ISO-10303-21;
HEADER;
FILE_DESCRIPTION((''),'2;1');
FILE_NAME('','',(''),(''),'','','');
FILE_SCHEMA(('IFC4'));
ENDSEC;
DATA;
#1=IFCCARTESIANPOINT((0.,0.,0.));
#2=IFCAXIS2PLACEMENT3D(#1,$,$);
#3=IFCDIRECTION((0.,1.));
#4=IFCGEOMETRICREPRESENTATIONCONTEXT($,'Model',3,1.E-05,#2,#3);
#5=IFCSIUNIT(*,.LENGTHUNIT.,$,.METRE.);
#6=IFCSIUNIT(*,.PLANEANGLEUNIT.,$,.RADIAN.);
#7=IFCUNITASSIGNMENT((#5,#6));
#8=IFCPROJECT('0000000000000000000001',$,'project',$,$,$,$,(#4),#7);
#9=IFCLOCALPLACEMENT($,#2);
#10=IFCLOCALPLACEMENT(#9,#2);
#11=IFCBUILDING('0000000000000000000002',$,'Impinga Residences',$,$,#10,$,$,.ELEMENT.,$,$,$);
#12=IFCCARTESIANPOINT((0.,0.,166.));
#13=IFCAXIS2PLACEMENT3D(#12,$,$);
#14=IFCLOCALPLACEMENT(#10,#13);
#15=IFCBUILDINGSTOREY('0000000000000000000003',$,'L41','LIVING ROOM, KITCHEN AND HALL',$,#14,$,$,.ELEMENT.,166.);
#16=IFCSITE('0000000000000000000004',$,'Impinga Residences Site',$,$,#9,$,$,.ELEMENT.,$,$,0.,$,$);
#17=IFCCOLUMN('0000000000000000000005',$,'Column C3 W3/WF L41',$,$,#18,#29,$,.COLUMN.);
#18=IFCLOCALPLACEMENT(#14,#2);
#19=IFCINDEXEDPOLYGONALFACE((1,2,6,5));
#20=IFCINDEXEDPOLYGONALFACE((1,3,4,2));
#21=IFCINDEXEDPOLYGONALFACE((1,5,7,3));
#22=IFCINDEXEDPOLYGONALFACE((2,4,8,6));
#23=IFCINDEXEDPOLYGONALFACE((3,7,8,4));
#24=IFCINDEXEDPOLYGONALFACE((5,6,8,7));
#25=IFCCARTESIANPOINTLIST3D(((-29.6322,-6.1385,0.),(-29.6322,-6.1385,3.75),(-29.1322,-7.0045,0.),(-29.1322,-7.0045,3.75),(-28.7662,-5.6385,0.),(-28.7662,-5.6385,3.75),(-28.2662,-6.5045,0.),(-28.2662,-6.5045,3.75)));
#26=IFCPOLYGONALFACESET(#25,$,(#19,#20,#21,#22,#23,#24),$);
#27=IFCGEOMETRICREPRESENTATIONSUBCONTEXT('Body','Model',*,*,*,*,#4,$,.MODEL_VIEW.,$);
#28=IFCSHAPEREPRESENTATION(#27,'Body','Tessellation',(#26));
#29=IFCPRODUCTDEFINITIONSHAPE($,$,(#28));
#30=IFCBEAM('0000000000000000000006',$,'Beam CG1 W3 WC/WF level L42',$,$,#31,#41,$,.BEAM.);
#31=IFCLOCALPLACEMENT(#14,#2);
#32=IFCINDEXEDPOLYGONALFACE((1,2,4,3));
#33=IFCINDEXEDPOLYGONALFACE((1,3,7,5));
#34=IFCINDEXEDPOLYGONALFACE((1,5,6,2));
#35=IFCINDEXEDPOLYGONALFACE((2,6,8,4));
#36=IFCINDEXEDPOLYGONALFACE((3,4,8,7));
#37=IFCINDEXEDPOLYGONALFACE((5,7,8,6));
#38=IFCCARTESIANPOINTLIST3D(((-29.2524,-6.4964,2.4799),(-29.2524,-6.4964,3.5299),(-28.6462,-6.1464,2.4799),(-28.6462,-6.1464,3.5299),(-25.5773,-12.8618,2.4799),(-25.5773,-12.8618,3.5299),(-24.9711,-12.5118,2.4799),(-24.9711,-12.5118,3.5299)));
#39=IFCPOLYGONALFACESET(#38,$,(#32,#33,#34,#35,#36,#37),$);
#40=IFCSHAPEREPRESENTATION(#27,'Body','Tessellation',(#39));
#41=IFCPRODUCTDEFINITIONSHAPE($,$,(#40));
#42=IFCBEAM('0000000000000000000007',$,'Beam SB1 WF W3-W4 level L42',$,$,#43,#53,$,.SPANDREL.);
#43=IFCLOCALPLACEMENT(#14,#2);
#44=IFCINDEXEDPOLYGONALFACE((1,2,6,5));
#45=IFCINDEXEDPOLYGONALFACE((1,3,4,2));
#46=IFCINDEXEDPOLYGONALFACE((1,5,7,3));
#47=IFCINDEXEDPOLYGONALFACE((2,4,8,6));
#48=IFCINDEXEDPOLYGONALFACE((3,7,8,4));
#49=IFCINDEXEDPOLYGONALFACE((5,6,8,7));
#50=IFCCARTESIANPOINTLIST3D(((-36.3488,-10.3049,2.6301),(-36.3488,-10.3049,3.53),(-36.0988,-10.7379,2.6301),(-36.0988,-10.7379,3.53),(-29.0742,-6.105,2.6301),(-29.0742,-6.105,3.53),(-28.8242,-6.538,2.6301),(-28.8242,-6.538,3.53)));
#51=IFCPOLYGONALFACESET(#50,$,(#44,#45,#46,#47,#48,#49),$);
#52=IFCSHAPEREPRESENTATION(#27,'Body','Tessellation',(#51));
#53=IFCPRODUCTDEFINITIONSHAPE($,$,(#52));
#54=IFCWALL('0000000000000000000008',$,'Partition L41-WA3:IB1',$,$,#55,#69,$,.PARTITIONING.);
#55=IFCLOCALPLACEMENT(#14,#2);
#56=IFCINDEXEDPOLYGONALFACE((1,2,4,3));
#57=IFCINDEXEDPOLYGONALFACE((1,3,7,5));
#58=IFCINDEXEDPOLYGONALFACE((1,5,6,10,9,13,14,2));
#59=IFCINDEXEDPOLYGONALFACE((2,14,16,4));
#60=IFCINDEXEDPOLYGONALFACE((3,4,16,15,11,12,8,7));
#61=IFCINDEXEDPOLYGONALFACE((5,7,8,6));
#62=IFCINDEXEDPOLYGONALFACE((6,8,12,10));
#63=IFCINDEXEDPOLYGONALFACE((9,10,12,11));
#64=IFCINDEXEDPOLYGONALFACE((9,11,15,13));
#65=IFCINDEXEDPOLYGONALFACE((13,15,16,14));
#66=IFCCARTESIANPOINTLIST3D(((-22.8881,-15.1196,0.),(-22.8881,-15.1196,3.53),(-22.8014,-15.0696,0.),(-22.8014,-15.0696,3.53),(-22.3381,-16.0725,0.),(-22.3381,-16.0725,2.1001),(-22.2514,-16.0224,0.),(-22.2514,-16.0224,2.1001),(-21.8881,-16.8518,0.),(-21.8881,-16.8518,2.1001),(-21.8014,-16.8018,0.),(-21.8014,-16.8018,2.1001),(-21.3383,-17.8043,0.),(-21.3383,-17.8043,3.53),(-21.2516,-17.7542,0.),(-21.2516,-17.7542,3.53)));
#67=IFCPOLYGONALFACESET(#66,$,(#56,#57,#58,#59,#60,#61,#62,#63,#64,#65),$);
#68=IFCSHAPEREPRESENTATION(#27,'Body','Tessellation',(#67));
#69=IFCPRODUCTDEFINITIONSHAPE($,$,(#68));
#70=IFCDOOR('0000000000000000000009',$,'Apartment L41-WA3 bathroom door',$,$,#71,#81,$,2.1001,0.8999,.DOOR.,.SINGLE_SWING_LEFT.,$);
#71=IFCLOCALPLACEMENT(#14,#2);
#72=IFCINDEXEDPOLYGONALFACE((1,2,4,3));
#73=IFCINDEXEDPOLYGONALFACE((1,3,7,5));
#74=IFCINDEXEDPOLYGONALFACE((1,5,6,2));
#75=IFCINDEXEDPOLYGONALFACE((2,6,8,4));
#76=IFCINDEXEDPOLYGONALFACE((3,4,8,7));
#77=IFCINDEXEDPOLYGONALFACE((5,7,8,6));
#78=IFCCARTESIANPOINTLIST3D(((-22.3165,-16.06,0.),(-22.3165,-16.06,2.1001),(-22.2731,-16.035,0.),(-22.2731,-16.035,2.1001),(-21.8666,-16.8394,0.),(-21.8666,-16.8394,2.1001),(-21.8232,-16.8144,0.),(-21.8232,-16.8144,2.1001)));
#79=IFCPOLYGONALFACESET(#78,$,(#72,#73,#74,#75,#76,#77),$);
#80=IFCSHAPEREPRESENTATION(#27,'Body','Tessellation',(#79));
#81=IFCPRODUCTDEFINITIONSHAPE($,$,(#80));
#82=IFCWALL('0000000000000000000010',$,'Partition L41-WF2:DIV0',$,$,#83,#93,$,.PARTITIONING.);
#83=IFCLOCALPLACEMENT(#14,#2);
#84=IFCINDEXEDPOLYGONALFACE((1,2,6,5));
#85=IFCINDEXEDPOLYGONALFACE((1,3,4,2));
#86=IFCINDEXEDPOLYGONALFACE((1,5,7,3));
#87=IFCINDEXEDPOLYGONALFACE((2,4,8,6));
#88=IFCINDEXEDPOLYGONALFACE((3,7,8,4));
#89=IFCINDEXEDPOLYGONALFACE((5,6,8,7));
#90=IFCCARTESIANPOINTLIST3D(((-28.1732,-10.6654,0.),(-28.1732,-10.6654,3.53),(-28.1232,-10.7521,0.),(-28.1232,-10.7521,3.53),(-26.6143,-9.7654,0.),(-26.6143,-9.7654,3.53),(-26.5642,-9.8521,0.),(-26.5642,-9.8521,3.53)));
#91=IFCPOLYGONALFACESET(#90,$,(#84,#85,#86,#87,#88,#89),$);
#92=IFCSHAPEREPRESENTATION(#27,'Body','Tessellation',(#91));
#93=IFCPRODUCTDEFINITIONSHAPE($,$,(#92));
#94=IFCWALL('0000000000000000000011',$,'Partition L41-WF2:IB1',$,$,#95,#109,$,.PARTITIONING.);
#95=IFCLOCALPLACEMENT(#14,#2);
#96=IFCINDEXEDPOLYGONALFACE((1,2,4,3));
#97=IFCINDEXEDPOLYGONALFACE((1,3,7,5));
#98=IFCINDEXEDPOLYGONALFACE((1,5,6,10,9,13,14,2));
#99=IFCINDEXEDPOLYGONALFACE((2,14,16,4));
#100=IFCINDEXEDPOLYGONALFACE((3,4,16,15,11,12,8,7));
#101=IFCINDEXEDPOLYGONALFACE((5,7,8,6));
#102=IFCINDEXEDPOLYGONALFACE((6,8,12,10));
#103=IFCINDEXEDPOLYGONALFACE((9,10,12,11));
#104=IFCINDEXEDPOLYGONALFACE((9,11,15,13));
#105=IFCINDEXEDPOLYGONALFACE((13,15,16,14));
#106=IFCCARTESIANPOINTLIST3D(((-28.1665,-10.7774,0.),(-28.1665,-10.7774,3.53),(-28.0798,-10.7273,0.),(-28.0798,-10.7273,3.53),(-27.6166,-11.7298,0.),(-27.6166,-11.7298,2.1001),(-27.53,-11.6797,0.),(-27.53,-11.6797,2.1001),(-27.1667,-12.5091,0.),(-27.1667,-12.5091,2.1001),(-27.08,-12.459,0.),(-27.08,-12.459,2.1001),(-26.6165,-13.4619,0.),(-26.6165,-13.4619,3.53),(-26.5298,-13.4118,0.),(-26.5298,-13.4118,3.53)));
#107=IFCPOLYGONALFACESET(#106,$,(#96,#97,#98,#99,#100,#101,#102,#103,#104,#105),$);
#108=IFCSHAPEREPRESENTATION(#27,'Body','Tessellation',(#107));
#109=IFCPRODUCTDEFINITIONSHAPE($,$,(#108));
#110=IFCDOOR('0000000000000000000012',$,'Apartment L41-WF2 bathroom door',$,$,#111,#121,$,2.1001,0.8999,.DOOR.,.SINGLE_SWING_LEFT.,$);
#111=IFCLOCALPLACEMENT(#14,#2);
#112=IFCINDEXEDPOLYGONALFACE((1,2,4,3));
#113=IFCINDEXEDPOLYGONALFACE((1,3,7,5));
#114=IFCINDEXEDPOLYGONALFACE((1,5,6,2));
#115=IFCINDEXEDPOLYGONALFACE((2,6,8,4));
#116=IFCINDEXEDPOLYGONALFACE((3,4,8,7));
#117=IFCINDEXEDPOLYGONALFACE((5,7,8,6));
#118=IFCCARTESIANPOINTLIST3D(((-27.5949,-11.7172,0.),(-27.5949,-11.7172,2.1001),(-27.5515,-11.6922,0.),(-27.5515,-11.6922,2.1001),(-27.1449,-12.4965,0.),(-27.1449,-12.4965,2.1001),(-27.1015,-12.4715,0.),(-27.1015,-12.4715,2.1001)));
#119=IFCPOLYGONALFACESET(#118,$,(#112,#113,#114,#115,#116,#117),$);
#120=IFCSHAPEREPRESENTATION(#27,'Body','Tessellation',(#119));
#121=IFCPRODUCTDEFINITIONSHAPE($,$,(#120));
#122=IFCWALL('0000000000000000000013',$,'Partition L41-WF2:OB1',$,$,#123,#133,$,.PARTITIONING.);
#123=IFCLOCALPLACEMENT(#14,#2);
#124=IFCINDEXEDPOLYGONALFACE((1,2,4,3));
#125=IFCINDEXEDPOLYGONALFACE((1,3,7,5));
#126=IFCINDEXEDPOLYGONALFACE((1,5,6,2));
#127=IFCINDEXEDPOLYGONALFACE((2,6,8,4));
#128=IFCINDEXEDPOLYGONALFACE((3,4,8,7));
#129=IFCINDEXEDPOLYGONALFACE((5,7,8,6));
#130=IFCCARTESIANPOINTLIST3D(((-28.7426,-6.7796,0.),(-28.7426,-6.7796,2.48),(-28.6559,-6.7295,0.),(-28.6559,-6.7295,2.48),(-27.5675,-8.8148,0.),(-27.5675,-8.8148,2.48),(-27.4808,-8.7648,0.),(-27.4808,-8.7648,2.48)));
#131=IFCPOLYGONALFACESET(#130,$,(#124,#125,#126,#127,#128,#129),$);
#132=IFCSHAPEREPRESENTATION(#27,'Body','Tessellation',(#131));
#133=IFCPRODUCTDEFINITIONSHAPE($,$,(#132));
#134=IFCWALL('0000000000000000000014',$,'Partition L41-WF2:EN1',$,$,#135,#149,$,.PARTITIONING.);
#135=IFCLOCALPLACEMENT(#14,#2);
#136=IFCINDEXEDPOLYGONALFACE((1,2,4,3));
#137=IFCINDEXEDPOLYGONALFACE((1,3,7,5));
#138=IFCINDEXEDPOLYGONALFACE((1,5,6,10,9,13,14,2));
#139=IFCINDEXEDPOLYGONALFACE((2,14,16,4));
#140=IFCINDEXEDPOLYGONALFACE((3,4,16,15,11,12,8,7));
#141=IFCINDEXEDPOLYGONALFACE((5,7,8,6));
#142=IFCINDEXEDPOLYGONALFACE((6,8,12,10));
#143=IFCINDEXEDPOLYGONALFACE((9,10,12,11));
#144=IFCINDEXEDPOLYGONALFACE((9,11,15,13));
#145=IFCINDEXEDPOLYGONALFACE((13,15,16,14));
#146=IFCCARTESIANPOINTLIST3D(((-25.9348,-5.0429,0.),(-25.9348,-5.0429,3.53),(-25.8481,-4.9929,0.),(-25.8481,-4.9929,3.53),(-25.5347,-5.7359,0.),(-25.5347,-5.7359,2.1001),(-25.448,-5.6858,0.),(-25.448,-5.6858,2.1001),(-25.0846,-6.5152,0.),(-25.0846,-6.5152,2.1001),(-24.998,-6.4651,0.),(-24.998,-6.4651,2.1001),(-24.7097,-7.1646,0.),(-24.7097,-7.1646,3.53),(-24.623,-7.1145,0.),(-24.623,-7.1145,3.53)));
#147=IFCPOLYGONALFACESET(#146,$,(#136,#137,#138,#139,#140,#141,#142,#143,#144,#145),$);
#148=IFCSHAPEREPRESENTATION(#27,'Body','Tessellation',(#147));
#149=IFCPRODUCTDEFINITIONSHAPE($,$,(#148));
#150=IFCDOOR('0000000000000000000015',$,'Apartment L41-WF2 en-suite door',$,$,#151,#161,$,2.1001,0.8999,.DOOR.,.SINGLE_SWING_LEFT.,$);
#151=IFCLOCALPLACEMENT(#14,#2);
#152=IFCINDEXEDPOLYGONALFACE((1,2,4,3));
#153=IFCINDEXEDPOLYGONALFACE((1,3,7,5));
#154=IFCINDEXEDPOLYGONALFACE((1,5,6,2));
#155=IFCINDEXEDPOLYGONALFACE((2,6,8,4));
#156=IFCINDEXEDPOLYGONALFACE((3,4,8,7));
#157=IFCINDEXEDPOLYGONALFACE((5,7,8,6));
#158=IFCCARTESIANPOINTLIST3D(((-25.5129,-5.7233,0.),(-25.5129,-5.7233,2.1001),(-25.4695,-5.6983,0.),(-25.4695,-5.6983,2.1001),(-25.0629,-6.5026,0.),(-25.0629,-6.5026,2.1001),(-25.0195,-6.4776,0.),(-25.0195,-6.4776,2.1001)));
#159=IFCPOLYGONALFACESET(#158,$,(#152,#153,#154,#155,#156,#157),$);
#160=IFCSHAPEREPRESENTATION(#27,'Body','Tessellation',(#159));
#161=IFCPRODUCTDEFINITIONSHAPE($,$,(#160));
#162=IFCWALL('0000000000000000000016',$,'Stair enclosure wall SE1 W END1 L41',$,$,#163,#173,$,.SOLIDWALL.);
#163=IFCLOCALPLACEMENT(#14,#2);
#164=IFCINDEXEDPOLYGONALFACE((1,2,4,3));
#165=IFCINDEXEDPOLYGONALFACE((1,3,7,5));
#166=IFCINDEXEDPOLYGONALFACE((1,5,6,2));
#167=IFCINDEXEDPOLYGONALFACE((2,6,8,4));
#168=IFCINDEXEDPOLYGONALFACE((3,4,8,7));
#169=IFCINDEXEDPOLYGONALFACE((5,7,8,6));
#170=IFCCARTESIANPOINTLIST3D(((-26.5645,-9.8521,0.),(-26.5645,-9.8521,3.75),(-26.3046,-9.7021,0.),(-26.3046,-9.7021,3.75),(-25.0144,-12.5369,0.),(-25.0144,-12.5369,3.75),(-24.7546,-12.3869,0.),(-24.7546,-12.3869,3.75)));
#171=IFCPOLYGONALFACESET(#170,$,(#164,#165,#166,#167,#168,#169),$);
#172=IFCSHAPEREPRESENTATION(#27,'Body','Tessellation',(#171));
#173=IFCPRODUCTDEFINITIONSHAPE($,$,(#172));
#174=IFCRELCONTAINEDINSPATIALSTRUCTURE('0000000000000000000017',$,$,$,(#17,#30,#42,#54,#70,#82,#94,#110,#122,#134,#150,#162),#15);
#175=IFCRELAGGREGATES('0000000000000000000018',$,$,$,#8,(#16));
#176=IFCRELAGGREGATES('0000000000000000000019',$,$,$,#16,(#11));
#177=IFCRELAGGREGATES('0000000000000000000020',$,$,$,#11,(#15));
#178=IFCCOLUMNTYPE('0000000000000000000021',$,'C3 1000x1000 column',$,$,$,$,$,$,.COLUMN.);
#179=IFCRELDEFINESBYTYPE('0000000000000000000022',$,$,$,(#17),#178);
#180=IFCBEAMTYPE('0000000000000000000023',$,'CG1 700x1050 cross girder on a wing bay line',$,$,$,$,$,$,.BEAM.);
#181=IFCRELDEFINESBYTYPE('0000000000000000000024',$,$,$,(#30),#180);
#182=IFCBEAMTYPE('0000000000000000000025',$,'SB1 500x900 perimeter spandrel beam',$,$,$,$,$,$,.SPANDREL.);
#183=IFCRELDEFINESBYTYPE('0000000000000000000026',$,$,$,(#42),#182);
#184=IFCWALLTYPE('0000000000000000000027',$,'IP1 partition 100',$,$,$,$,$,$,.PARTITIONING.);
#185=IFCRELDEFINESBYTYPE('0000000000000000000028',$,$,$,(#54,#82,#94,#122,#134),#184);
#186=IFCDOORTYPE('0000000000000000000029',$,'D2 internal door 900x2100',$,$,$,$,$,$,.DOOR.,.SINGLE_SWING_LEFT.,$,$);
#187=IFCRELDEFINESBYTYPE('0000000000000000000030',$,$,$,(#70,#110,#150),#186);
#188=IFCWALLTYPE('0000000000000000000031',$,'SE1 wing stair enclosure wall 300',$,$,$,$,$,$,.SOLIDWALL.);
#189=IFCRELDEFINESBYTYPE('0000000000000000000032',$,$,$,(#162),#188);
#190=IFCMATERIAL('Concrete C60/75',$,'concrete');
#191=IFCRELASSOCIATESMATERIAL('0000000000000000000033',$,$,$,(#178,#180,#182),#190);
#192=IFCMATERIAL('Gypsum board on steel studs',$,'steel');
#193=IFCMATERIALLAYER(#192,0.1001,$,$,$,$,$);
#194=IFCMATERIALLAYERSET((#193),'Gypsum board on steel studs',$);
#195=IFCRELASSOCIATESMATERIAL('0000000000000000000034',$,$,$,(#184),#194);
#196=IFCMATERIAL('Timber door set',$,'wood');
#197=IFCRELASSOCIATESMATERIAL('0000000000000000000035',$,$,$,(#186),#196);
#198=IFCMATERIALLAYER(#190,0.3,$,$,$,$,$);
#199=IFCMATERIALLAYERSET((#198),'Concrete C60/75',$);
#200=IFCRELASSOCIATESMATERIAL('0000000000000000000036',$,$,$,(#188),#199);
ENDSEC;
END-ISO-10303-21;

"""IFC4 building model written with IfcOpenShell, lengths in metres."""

from ifc_helpers import new_model, si_unit, direction, frame, frame_2d, origin, origin_2d, place, context, subcontext, project, spatial, rectangle, extrude, material, layer, layer_set, material_profile, profile_set, type_object, element, fill, save


model = new_model("IFC4")

# Units and contexts
model_context = context("Model", 3, precision=1e-05, world=origin(), true_north=direction((0.0, 1.0)))
body_context = subcontext(model_context, "Body", "Model", "MODEL_VIEW")
ifc_project = project(units=[si_unit("LENGTHUNIT", "METRE"), si_unit("PLANEANGLEUNIT", "RADIAN")], contexts=[model_context])

# Site, building, storey
site_placement = place(None, origin())
site = spatial("IfcSite", under=ifc_project, at=site_placement, Name="Impinga Residences Site", CompositionType="ELEMENT", RefElevation=0.0)
building_placement = place(site_placement, origin())
building = spatial("IfcBuilding", under=site, at=building_placement, Name="Impinga Residences", CompositionType="ELEMENT")
storey_placement = place(building_placement, frame((0.0, 0.0, 166.0)))
storey = spatial("IfcBuildingStorey", under=building, at=storey_placement, Name="L41", Description="LIVING ROOM, KITCHEN AND HALL", CompositionType="ELEMENT", Elevation=166.0)

# Column
ifc_material_1 = material(Name="Concrete C60/75", Category="concrete")
ifc_material_profile_1 = material_profile(ifc_material_1, rectangle(XDim=1.0, YDim=1.0, at=origin_2d()), Name="RC 1000x1000")
ifc_profile_set_1 = profile_set([ifc_material_profile_1], Name="Concrete C60/75")
column_type = type_object("IfcColumnType", Name="C3 1000x1000 column", PredefinedType="COLUMN", material=ifc_profile_set_1)
column_placement = place(storey_placement, frame((-28.9492, -6.3215, 0.0), z_axis=(0.0, 0.0, 1.0), x_axis=(-0.5, 0.866025, 0.0)))
element("IfcColumn", 1, at=column_placement, inside=storey, type_object=column_type, Name="Column C3 W3/WF L41", PredefinedType="COLUMN", context=body_context, shape_type="SweptSolid", body=[
    extrude(rectangle(XDim=1.0, YDim=1.0, at=origin_2d()), origin(), (0.0, 0.0, 1.0), 3.75),
])

# Beams
ifc_material_profile_2 = material_profile(ifc_material_1, rectangle(XDim=0.7, YDim=1.05, at=origin_2d()), Name="RC 700x1050")
ifc_profile_set_2 = profile_set([ifc_material_profile_2], Name="Concrete C60/75")
beam_type_1 = type_object("IfcBeamType", Name="CG1 700x1050 cross girder on a wing bay line", PredefinedType="BEAM", material=ifc_profile_set_2)
beam_1_placement = place(storey_placement, frame((-25.2742, -12.6868, 3.0049), z_axis=(-0.500008, 0.866021, 0.0), x_axis=(-0.866021, -0.500008, 0.0)))
element("IfcBeam", 2, at=beam_1_placement, inside=storey, type_object=beam_type_1, Name="Beam CG1 W3 WC/WF level L42", PredefinedType="BEAM", context=body_context, shape_type="SweptSolid", body=[
    extrude(rectangle(XDim=0.7, YDim=1.05, at=origin_2d()), origin(), (0.0, 0.0, 1.0), 7.3501),
])
ifc_material_profile_3 = material_profile(ifc_material_1, rectangle(XDim=0.5, YDim=0.8999, at=origin_2d()), Name="RC 500x900")
ifc_profile_set_3 = profile_set([ifc_material_profile_3], Name="Concrete C60/75")
beam_type_2 = type_object("IfcBeamType", Name="SB1 500x900 perimeter spandrel beam", PredefinedType="SPANDREL", material=ifc_profile_set_3)
beam_2_placement = place(storey_placement, frame((-28.9492, -6.3215, 3.0801), z_axis=(-0.866029, -0.499993, 0.0), x_axis=(0.499993, -0.866029, 0.0)))
element("IfcBeam", 3, at=beam_2_placement, inside=storey, type_object=beam_type_2, Name="Beam SB1 WF W3-W4 level L42", PredefinedType="SPANDREL", context=body_context, shape_type="SweptSolid", body=[
    extrude(rectangle(XDim=0.5, YDim=0.8999, at=origin_2d()), origin(), (0.0, 0.0, 1.0), 8.3999),
])

# Wall, opening, door
ifc_material_2 = material(Name="Gypsum board on steel studs", Category="steel")
ifc_layer_1 = layer(ifc_material_2, 0.1001)
ifc_layer_set_1 = layer_set([ifc_layer_1], Name="Gypsum board on steel studs")
wall_type_1 = type_object("IfcWallType", Name="IP1 partition 100", PredefinedType="PARTITIONING", material=ifc_layer_set_1)
wall_1_placement = place(storey_placement, frame((-22.8447, -15.0947, 0.0), z_axis=(0.0, 0.0, 1.0), x_axis=(0.499968, -0.866044, 0.0)))
wall_1 = element("IfcWall", 4, at=wall_1_placement, inside=storey, type_object=wall_type_1, Name="Partition L41-WA3:IB1", PredefinedType="PARTITIONING", context=body_context, shape_type="SweptSolid", body=[
    extrude(rectangle(XDim=3.0999, YDim=0.1001, at=frame_2d((1.5498, 0.0))), origin(), (0.0, 0.0, 1.0), 3.53),
])
opening_1_placement = place(wall_1_placement, frame((1.1001, 0.0, 0.0)))
opening_1 = element("IfcOpeningElement", 5, at=opening_1_placement, cuts=wall_1, PredefinedType="OPENING", context=body_context, shape_type="SweptSolid", body=[
    extrude(rectangle(XDim=0.8999, YDim=2.1001, at=frame_2d((0.45, 1.05))), frame((0.0, 0.0601, 0.0), z_axis=(0.0, -1.0, 0.0), x_axis=(1.0, 0.0, 0.0)), (0.0, 0.0, 1.0), 0.1201),
])
ifc_material_3 = material(Name="Timber door set", Category="wood")
door_type = type_object("IfcDoorType", Name="D2 internal door 900x2100", OperationType="SINGLE_SWING_LEFT", PredefinedType="DOOR", material=ifc_material_3)
door_1_placement = place(opening_1_placement, origin())
door_1 = element("IfcDoor", 6, at=door_1_placement, inside=storey, type_object=door_type, Name="Apartment L41-WA3 bathroom door", OperationType="SINGLE_SWING_LEFT", OverallHeight=2.1001, OverallWidth=0.8999, PredefinedType="DOOR", context=body_context, shape_type="SweptSolid", body=[
    extrude(rectangle(XDim=0.8999, YDim=2.1001, at=frame_2d((0.45, 1.05))), frame((0.0, 0.0249, 0.0), z_axis=(0.0, -1.0, 0.0), x_axis=(1.0, 0.0, 0.0)), (0.0, 0.0, 1.0), 0.05),
])
fill(opening_1, door_1)

# Wall
wall_2_placement = place(storey_placement, frame((-26.5894, -9.8088, 0.0), z_axis=(0.0, 0.0, 1.0), x_axis=(-0.866048, -0.499961, 0.0)))
element("IfcWall", 7, at=wall_2_placement, inside=storey, type_object=wall_type_1, Name="Partition L41-WF2:DIV0", PredefinedType="PARTITIONING", context=body_context, shape_type="SweptSolid", body=[
    extrude(rectangle(XDim=1.8, YDim=0.1001, at=frame_2d((0.8999, 0.0))), origin(), (0.0, 0.0, 1.0), 3.53),
])

# Wall, opening, door
wall_3_placement = place(storey_placement, frame((-26.5732, -13.4368, 0.0), z_axis=(0.0, 0.0, 1.0), x_axis=(-0.500027, 0.86601, 0.0)))
wall_3 = element("IfcWall", 8, at=wall_3_placement, inside=storey, type_object=wall_type_1, Name="Partition L41-WF2:IB1", PredefinedType="PARTITIONING", context=body_context, shape_type="SweptSolid", body=[
    extrude(rectangle(XDim=3.0999, YDim=0.1001, at=frame_2d((1.5498, 0.0))), origin(), (0.0, 0.0, 1.0), 3.53),
])
opening_2_placement = place(wall_3_placement, frame((1.1001, 0.0, 0.0)))
opening_2 = element("IfcOpeningElement", 9, at=opening_2_placement, cuts=wall_3, PredefinedType="OPENING", context=body_context, shape_type="SweptSolid", body=[
    extrude(rectangle(XDim=0.8999, YDim=2.1001, at=frame_2d((0.45, 1.05))), frame((0.0, 0.0601, 0.0), z_axis=(0.0, -1.0, 0.0), x_axis=(1.0, 0.0, 0.0)), (0.0, 0.0, 1.0), 0.1201),
])
door_2_placement = place(opening_2_placement, origin())
door_2 = element("IfcDoor", 10, at=door_2_placement, inside=storey, type_object=door_type, Name="Apartment L41-WF2 bathroom door", OperationType="SINGLE_SWING_LEFT", OverallHeight=2.1001, OverallWidth=0.8999, PredefinedType="DOOR", context=body_context, shape_type="SweptSolid", body=[
    extrude(rectangle(XDim=0.8999, YDim=2.1001, at=frame_2d((0.45, 1.05))), frame((0.0, 0.0249, 0.0), z_axis=(0.0, -1.0, 0.0), x_axis=(1.0, 0.0, 0.0)), (0.0, 0.0, 1.0), 0.05),
])
fill(opening_2, door_2)

# Wall
wall_4_placement = place(storey_placement, frame((-27.5242, -8.7898, 0.0), z_axis=(0.0, 0.0, 1.0), x_axis=(-0.500016, 0.866016, 0.0)))
element("IfcWall", 11, at=wall_4_placement, inside=storey, type_object=wall_type_1, Name="Partition L41-WF2:OB1", PredefinedType="PARTITIONING", context=body_context, shape_type="SweptSolid", body=[
    extrude(rectangle(XDim=2.3501, YDim=0.1001, at=frame_2d((1.175, 0.0))), origin(), (0.0, 0.0, 1.0), 2.48),
])

# Wall, opening, door
wall_5_placement = place(storey_placement, frame((-24.6663, -7.1396, 0.0), z_axis=(0.0, 0.0, 1.0), x_axis=(-0.500062, 0.86599, 0.0)))
wall_5 = element("IfcWall", 12, at=wall_5_placement, inside=storey, type_object=wall_type_1, Name="Partition L41-WF2:EN1", PredefinedType="PARTITIONING", context=body_context, shape_type="SweptSolid", body=[
    extrude(rectangle(XDim=2.45, YDim=0.1001, at=frame_2d((1.2251, 0.0))), origin(), (0.0, 0.0, 1.0), 3.53),
])
opening_3_placement = place(wall_5_placement, frame((0.75, 0.0, 0.0)))
opening_3 = element("IfcOpeningElement", 13, at=opening_3_placement, cuts=wall_5, PredefinedType="OPENING", context=body_context, shape_type="SweptSolid", body=[
    extrude(rectangle(XDim=0.8999, YDim=2.1001, at=frame_2d((0.45, 1.05))), frame((0.0, 0.0601, 0.0), z_axis=(0.0, -1.0, 0.0), x_axis=(1.0, 0.0, 0.0)), (0.0, 0.0, 1.0), 0.1201),
])
door_3_placement = place(opening_3_placement, origin())
door_3 = element("IfcDoor", 14, at=door_3_placement, inside=storey, type_object=door_type, Name="Apartment L41-WF2 en-suite door", OperationType="SINGLE_SWING_LEFT", OverallHeight=2.1001, OverallWidth=0.8999, PredefinedType="DOOR", context=body_context, shape_type="SweptSolid", body=[
    extrude(rectangle(XDim=0.8999, YDim=2.1001, at=frame_2d((0.45, 1.05))), frame((0.0, 0.0249, 0.0), z_axis=(0.0, -1.0, 0.0), x_axis=(1.0, 0.0, 0.0)), (0.0, 0.0, 1.0), 0.05),
])
fill(opening_3, door_3)

# Wall
ifc_layer_2 = layer(ifc_material_1, 0.3)
ifc_layer_set_2 = layer_set([ifc_layer_2], Name="Concrete C60/75")
wall_type_2 = type_object("IfcWallType", Name="SE1 wing stair enclosure wall 300", PredefinedType="SOLIDWALL", material=ifc_layer_set_2)
wall_6_placement = place(storey_placement, frame((-24.8845, -12.4619, 0.0), z_axis=(0.0, 0.0, 1.0), x_axis=(-0.499993, 0.86603, 0.0)))
element("IfcWall", 15, at=wall_6_placement, inside=storey, type_object=wall_type_2, Name="Stair enclosure wall SE1 W END1 L41", PredefinedType="SOLIDWALL", context=body_context, shape_type="SweptSolid", body=[
    extrude(rectangle(XDim=3.1001, YDim=0.3, at=frame_2d((1.55, 0.0))), origin(), (0.0, 0.0, 1.0), 3.75),
])

save(model, "model.ifc")
